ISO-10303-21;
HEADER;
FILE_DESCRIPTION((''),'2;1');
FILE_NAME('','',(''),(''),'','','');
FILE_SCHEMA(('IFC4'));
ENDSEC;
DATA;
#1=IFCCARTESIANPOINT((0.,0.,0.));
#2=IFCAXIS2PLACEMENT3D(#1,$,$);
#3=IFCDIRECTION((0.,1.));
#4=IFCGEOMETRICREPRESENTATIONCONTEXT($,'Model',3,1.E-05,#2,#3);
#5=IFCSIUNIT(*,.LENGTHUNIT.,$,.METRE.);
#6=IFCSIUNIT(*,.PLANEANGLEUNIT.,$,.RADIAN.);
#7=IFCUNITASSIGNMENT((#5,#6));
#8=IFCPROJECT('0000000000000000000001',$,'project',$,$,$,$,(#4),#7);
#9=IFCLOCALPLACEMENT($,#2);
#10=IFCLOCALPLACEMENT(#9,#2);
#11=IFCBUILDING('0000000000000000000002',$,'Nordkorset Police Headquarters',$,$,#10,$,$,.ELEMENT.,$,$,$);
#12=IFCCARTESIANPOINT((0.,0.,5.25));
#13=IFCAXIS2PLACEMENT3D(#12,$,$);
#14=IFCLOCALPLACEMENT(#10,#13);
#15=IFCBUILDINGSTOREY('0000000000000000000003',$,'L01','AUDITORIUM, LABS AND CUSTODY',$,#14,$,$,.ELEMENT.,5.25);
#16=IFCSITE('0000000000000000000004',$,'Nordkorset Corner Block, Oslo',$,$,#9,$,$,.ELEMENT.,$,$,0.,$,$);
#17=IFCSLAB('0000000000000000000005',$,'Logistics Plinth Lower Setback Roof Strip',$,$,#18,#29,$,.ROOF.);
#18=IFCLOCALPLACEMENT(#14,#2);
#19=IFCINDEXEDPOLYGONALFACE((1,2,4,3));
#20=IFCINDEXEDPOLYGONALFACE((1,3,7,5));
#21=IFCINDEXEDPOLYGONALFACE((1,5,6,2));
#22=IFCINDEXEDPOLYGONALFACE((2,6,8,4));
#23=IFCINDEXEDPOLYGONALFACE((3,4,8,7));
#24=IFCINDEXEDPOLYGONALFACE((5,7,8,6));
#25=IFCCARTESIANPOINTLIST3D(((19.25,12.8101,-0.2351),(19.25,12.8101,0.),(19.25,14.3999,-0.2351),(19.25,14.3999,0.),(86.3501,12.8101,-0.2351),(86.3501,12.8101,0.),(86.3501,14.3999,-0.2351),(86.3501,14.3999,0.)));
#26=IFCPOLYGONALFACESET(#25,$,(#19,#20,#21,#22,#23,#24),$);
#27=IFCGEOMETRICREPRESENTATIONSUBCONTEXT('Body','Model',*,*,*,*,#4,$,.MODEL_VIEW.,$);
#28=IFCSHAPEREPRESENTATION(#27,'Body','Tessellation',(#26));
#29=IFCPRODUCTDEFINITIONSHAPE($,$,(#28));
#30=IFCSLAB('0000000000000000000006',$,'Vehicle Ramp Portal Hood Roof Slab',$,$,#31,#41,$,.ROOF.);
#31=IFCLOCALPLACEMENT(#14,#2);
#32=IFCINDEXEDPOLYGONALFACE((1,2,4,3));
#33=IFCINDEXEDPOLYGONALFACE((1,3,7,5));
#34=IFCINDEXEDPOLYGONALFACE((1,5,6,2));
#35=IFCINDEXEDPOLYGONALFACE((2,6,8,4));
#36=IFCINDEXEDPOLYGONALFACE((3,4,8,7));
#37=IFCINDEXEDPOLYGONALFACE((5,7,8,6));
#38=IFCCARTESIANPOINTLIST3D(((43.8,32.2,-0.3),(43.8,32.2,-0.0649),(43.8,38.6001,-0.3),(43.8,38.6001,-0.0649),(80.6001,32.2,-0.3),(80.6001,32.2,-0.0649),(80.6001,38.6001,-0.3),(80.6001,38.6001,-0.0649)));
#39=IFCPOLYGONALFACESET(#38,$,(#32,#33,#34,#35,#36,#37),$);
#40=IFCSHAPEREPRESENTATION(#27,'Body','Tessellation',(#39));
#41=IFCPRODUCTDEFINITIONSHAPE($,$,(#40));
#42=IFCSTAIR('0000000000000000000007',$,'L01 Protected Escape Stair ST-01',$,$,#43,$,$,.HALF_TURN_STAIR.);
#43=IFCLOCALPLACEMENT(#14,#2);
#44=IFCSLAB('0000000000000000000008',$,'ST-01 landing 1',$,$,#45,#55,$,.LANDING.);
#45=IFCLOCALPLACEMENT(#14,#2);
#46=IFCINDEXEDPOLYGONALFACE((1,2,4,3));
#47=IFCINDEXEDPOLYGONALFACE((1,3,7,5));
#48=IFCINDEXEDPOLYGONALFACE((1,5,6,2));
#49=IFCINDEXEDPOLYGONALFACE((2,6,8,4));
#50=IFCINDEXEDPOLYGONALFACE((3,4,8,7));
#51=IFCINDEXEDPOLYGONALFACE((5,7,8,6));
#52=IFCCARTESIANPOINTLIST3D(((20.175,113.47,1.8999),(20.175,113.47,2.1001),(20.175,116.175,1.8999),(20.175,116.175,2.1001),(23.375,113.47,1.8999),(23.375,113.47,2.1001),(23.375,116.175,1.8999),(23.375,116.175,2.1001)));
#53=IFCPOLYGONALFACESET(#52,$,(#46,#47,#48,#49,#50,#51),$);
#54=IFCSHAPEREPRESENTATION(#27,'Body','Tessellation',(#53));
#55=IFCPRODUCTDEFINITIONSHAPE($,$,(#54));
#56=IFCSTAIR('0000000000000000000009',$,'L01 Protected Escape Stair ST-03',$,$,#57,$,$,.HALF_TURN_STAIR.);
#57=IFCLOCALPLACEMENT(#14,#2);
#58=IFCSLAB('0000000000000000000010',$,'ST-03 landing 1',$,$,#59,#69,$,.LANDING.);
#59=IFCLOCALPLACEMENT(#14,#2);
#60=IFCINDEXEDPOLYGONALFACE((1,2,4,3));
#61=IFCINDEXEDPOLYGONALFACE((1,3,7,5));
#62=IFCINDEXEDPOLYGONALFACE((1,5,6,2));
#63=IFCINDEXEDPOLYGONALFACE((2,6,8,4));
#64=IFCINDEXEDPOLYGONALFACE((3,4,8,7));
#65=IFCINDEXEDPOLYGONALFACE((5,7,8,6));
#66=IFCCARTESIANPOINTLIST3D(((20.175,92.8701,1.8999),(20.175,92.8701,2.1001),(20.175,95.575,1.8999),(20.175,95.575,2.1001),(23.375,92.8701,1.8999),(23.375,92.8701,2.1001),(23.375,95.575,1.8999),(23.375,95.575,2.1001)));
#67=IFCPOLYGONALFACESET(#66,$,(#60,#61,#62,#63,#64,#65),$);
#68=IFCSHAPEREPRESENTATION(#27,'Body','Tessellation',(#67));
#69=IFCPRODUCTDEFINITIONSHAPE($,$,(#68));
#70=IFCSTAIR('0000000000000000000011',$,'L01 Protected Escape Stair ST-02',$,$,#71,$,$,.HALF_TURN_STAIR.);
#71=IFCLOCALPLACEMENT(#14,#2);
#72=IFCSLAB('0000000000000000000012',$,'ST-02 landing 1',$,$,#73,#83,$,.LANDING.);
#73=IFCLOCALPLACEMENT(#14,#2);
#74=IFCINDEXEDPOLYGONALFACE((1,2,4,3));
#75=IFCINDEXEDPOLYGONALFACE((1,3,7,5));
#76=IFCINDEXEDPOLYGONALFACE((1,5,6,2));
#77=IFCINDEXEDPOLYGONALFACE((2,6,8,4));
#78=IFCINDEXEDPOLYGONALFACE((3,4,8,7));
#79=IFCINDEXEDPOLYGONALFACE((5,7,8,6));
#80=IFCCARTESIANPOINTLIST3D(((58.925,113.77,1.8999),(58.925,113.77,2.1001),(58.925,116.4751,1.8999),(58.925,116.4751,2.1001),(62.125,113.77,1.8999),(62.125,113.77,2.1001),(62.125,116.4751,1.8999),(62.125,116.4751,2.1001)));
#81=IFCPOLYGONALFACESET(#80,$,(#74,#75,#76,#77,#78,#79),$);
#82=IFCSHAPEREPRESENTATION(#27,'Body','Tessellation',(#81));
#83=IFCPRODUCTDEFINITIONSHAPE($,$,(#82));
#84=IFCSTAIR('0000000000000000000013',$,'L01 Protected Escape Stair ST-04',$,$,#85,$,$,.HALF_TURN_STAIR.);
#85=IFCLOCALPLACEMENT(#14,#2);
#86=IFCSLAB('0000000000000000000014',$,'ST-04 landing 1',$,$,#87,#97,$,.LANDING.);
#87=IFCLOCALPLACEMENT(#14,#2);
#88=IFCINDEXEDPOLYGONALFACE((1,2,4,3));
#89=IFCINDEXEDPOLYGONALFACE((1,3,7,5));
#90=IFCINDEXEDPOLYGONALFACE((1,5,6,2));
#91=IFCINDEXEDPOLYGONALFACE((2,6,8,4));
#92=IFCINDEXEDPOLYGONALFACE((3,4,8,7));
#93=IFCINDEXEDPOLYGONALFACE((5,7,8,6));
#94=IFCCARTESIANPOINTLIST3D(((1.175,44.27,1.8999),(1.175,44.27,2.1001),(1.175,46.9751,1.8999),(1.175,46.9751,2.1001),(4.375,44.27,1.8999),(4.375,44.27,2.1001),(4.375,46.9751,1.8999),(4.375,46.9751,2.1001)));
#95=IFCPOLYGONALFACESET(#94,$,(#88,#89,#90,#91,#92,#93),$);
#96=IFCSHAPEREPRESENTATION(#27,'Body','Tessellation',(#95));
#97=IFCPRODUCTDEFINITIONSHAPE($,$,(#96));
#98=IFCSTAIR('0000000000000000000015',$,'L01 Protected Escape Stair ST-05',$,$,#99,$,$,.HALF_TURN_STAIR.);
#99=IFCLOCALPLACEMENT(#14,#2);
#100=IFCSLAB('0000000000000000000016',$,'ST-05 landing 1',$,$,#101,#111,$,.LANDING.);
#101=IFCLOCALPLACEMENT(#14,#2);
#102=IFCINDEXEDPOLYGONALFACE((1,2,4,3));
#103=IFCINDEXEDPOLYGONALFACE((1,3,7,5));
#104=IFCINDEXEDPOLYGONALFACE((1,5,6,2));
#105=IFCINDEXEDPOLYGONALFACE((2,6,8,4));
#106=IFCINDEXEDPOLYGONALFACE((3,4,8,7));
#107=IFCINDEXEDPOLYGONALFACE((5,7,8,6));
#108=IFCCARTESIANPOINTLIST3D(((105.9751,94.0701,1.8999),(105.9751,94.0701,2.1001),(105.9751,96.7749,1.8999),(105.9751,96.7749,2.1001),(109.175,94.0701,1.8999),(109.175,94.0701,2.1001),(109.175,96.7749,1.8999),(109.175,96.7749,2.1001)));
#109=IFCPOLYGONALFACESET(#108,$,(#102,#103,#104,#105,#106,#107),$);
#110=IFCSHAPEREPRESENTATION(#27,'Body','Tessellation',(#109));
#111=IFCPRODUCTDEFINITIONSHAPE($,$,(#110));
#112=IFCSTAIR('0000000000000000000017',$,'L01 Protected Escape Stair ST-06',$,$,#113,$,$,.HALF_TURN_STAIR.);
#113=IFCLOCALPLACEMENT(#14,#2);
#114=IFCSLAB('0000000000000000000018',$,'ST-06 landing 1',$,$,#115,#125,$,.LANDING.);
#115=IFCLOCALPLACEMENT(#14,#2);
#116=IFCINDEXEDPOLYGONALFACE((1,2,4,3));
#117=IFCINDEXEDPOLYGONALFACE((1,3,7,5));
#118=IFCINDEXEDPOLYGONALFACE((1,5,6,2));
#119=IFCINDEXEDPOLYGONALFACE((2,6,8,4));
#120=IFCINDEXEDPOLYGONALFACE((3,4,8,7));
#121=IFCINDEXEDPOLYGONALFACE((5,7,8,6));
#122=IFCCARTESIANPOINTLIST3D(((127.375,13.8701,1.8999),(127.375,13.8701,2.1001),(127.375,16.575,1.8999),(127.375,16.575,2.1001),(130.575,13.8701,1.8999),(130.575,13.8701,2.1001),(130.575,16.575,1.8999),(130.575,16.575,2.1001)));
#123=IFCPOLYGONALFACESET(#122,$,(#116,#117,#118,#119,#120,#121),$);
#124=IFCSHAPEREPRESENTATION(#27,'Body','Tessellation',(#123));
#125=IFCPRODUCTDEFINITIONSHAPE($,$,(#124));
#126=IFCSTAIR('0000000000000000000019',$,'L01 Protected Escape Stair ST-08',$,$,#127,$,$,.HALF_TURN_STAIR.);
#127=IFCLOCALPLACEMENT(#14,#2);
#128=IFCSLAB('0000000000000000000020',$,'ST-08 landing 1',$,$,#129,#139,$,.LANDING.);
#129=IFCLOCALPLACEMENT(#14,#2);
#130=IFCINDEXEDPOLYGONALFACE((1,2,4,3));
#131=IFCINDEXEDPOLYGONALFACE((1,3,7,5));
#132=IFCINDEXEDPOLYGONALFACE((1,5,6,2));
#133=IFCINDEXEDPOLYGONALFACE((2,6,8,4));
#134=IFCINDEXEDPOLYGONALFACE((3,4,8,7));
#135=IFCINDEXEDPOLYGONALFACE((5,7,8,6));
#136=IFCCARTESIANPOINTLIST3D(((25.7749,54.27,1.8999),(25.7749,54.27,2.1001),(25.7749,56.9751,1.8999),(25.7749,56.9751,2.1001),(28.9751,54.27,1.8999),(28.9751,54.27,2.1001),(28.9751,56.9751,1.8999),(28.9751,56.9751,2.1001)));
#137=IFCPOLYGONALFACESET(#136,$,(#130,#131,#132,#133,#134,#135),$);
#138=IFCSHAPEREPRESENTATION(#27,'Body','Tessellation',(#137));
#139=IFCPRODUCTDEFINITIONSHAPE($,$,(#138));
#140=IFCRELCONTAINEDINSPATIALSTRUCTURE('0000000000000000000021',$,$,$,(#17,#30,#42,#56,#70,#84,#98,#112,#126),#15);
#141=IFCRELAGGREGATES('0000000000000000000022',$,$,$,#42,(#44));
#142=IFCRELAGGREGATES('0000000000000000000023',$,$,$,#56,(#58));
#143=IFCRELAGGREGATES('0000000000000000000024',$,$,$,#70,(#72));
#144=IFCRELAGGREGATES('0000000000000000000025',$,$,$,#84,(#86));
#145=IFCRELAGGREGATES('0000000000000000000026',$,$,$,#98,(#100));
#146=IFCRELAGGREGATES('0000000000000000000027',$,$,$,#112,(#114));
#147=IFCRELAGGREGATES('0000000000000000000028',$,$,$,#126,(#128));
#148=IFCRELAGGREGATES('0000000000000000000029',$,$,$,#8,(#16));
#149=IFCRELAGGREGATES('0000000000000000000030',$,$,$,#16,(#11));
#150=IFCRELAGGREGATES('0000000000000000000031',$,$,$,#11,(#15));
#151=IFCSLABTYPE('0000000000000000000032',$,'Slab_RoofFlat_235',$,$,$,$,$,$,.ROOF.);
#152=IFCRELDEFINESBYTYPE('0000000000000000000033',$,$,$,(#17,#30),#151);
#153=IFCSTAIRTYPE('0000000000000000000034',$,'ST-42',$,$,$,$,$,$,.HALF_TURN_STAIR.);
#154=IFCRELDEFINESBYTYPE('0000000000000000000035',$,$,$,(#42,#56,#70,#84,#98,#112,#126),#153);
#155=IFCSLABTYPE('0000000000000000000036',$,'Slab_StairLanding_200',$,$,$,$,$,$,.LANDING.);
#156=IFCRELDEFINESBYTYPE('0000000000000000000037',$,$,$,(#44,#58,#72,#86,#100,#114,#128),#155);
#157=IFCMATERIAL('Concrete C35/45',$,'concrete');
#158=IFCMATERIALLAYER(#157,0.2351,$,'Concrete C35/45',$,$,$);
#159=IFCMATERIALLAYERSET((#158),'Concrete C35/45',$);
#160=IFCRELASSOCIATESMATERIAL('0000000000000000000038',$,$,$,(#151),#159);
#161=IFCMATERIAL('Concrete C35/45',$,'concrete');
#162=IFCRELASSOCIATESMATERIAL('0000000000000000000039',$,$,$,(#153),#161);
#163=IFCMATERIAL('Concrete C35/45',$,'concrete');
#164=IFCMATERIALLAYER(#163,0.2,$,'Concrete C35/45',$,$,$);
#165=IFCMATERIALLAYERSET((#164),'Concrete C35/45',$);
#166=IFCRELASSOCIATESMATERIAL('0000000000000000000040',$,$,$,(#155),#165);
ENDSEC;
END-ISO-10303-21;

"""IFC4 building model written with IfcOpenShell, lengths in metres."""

from ifc_helpers import new_model, si_unit, direction, frame, origin, place, context, subcontext, project, spatial, polyline, outline, extrude, material, layer, layer_set, type_object, element, aggregate, save


model = new_model("IFC4")

# Units and contexts
model_context = context("Model", 3, precision=1e-05, world=origin(), true_north=direction((0.0, 1.0)))
body_context = subcontext(model_context, "Body", "Model", "MODEL_VIEW")
ifc_project = project(units=[si_unit("LENGTHUNIT", "METRE"), si_unit("PLANEANGLEUNIT", "RADIAN")], contexts=[model_context])

# Site, building, storey
site_placement = place(None, origin())
site = spatial("IfcSite", under=ifc_project, at=site_placement, Name="Nordkorset Corner Block, Oslo", CompositionType="ELEMENT", RefElevation=0.0)
building_placement = place(site_placement, origin())
building = spatial("IfcBuilding", under=site, at=building_placement, Name="Nordkorset Police Headquarters", CompositionType="ELEMENT")
storey_placement = place(building_placement, frame((0.0, 0.0, 5.25)))
storey = spatial("IfcBuildingStorey", under=building, at=storey_placement, Name="L01", Description="AUDITORIUM, LABS AND CUSTODY", CompositionType="ELEMENT", Elevation=5.25)

# Slabs
ifc_material_1 = material(Name="Concrete C35/45", Category="concrete")
ifc_layer_1 = layer(ifc_material_1, 0.2351, Name="Concrete C35/45")
ifc_layer_set_1 = layer_set([ifc_layer_1], Name="Concrete C35/45")
slab_type_1 = type_object("IfcSlabType", Name="Slab_RoofFlat_235", PredefinedType="ROOF", material=ifc_layer_set_1)
slab_1_placement = place(storey_placement, frame((0.0, 0.0, -0.2351)))
element("IfcSlab", 1, at=slab_1_placement, inside=storey, type_object=slab_type_1, Name="Logistics Plinth Lower Setback Roof Strip", PredefinedType="ROOF", context=body_context, shape_type="SweptSolid", body=[
    extrude(outline(polyline([(19.25, 12.8101), (86.3501, 12.8101), (86.3501, 14.3999), (19.25, 14.3999), (19.25, 12.8101)])), origin(), (0.0, 0.0, 1.0), 0.2351),
])
slab_2_placement = place(storey_placement, frame((0.0, 0.0, -0.3)))
element("IfcSlab", 2, at=slab_2_placement, inside=storey, type_object=slab_type_1, Name="Vehicle Ramp Portal Hood Roof Slab", PredefinedType="ROOF", context=body_context, shape_type="SweptSolid", body=[
    extrude(outline(polyline([(43.8, 32.2), (80.6001, 32.2), (80.6001, 38.6001), (43.8, 38.6001), (43.8, 32.2)])), origin(), (0.0, 0.0, 1.0), 0.2351),
])

# Stairs, slabs
ifc_material_2 = material(Name="Concrete C35/45", Category="concrete")
stair_type = type_object("IfcStairType", Name="ST-42", PredefinedType="HALF_TURN_STAIR", material=ifc_material_2)
stair_1_placement = place(storey_placement, origin())
stair_1 = element("IfcStair", 3, at=stair_1_placement, inside=storey, type_object=stair_type, Name="L01 Protected Escape Stair ST-01", PredefinedType="HALF_TURN_STAIR")
ifc_material_3 = material(Name="Concrete C35/45", Category="concrete")
ifc_layer_2 = layer(ifc_material_3, 0.2, Name="Concrete C35/45")
ifc_layer_set_2 = layer_set([ifc_layer_2], Name="Concrete C35/45")
slab_type_2 = type_object("IfcSlabType", Name="Slab_StairLanding_200", PredefinedType="LANDING", material=ifc_layer_set_2)
slab_3_placement = place(storey_placement, frame((0.0, 0.0, 1.8999)))
slab_3 = element("IfcSlab", 4, at=slab_3_placement, type_object=slab_type_2, Name="ST-01 landing 1", PredefinedType="LANDING", context=body_context, shape_type="SweptSolid", body=[
    extrude(outline(polyline([(23.375, 113.47), (23.375, 116.175), (20.175, 116.175), (20.175, 113.47), (23.375, 113.47)])), origin(), (0.0, 0.0, 1.0), 0.2002),
])
aggregate(stair_1, [slab_3])
stair_2_placement = place(storey_placement, origin())
stair_2 = element("IfcStair", 5, at=stair_2_placement, inside=storey, type_object=stair_type, Name="L01 Protected Escape Stair ST-03", PredefinedType="HALF_TURN_STAIR")
slab_4_placement = place(storey_placement, frame((0.0, 0.0, 1.8999)))
slab_4 = element("IfcSlab", 6, at=slab_4_placement, type_object=slab_type_2, Name="ST-03 landing 1", PredefinedType="LANDING", context=body_context, shape_type="SweptSolid", body=[
    extrude(outline(polyline([(23.375, 92.8701), (23.375, 95.575), (20.175, 95.575), (20.175, 92.8701), (23.375, 92.8701)])), origin(), (0.0, 0.0, 1.0), 0.2002),
])
aggregate(stair_2, [slab_4])
stair_3_placement = place(storey_placement, origin())
stair_3 = element("IfcStair", 7, at=stair_3_placement, inside=storey, type_object=stair_type, Name="L01 Protected Escape Stair ST-02", PredefinedType="HALF_TURN_STAIR")
slab_5_placement = place(storey_placement, frame((0.0, 0.0, 1.8999)))
slab_5 = element("IfcSlab", 8, at=slab_5_placement, type_object=slab_type_2, Name="ST-02 landing 1", PredefinedType="LANDING", context=body_context, shape_type="SweptSolid", body=[
    extrude(outline(polyline([(62.125, 113.77), (62.125, 116.4751), (58.925, 116.4751), (58.925, 113.77), (62.125, 113.77)])), origin(), (0.0, 0.0, 1.0), 0.2002),
])
aggregate(stair_3, [slab_5])
stair_4_placement = place(storey_placement, origin())
stair_4 = element("IfcStair", 9, at=stair_4_placement, inside=storey, type_object=stair_type, Name="L01 Protected Escape Stair ST-04", PredefinedType="HALF_TURN_STAIR")
slab_6_placement = place(storey_placement, frame((0.0, 0.0, 1.8999)))
slab_6 = element("IfcSlab", 10, at=slab_6_placement, type_object=slab_type_2, Name="ST-04 landing 1", PredefinedType="LANDING", context=body_context, shape_type="SweptSolid", body=[
    extrude(outline(polyline([(4.375, 44.27), (4.375, 46.9751), (1.175, 46.9751), (1.175, 44.27), (4.375, 44.27)])), origin(), (0.0, 0.0, 1.0), 0.2002),
])
aggregate(stair_4, [slab_6])
stair_5_placement = place(storey_placement, origin())
stair_5 = element("IfcStair", 11, at=stair_5_placement, inside=storey, type_object=stair_type, Name="L01 Protected Escape Stair ST-05", PredefinedType="HALF_TURN_STAIR")
slab_7_placement = place(storey_placement, frame((0.0, 0.0, 1.8999)))
slab_7 = element("IfcSlab", 12, at=slab_7_placement, type_object=slab_type_2, Name="ST-05 landing 1", PredefinedType="LANDING", context=body_context, shape_type="SweptSolid", body=[
    extrude(outline(polyline([(109.175, 94.0701), (109.175, 96.7749), (105.9751, 96.7749), (105.9751, 94.0701), (109.175, 94.0701)])), origin(), (0.0, 0.0, 1.0), 0.2002),
])
aggregate(stair_5, [slab_7])
stair_6_placement = place(storey_placement, origin())
stair_6 = element("IfcStair", 13, at=stair_6_placement, inside=storey, type_object=stair_type, Name="L01 Protected Escape Stair ST-06", PredefinedType="HALF_TURN_STAIR")
slab_8_placement = place(storey_placement, frame((0.0, 0.0, 1.8999)))
slab_8 = element("IfcSlab", 14, at=slab_8_placement, type_object=slab_type_2, Name="ST-06 landing 1", PredefinedType="LANDING", context=body_context, shape_type="SweptSolid", body=[
    extrude(outline(polyline([(130.575, 13.8701), (130.575, 16.575), (127.375, 16.575), (127.375, 13.8701), (130.575, 13.8701)])), origin(), (0.0, 0.0, 1.0), 0.2002),
])
aggregate(stair_6, [slab_8])
stair_7_placement = place(storey_placement, origin())
stair_7 = element("IfcStair", 15, at=stair_7_placement, inside=storey, type_object=stair_type, Name="L01 Protected Escape Stair ST-08", PredefinedType="HALF_TURN_STAIR")
slab_9_placement = place(storey_placement, frame((0.0, 0.0, 1.8999)))
slab_9 = element("IfcSlab", 16, at=slab_9_placement, type_object=slab_type_2, Name="ST-08 landing 1", PredefinedType="LANDING", context=body_context, shape_type="SweptSolid", body=[
    extrude(outline(polyline([(28.9751, 54.27), (28.9751, 56.9751), (25.7749, 56.9751), (25.7749, 54.27), (28.9751, 54.27)])), origin(), (0.0, 0.0, 1.0), 0.2002),
])
aggregate(stair_7, [slab_9])

save(model, "model.ifc")
